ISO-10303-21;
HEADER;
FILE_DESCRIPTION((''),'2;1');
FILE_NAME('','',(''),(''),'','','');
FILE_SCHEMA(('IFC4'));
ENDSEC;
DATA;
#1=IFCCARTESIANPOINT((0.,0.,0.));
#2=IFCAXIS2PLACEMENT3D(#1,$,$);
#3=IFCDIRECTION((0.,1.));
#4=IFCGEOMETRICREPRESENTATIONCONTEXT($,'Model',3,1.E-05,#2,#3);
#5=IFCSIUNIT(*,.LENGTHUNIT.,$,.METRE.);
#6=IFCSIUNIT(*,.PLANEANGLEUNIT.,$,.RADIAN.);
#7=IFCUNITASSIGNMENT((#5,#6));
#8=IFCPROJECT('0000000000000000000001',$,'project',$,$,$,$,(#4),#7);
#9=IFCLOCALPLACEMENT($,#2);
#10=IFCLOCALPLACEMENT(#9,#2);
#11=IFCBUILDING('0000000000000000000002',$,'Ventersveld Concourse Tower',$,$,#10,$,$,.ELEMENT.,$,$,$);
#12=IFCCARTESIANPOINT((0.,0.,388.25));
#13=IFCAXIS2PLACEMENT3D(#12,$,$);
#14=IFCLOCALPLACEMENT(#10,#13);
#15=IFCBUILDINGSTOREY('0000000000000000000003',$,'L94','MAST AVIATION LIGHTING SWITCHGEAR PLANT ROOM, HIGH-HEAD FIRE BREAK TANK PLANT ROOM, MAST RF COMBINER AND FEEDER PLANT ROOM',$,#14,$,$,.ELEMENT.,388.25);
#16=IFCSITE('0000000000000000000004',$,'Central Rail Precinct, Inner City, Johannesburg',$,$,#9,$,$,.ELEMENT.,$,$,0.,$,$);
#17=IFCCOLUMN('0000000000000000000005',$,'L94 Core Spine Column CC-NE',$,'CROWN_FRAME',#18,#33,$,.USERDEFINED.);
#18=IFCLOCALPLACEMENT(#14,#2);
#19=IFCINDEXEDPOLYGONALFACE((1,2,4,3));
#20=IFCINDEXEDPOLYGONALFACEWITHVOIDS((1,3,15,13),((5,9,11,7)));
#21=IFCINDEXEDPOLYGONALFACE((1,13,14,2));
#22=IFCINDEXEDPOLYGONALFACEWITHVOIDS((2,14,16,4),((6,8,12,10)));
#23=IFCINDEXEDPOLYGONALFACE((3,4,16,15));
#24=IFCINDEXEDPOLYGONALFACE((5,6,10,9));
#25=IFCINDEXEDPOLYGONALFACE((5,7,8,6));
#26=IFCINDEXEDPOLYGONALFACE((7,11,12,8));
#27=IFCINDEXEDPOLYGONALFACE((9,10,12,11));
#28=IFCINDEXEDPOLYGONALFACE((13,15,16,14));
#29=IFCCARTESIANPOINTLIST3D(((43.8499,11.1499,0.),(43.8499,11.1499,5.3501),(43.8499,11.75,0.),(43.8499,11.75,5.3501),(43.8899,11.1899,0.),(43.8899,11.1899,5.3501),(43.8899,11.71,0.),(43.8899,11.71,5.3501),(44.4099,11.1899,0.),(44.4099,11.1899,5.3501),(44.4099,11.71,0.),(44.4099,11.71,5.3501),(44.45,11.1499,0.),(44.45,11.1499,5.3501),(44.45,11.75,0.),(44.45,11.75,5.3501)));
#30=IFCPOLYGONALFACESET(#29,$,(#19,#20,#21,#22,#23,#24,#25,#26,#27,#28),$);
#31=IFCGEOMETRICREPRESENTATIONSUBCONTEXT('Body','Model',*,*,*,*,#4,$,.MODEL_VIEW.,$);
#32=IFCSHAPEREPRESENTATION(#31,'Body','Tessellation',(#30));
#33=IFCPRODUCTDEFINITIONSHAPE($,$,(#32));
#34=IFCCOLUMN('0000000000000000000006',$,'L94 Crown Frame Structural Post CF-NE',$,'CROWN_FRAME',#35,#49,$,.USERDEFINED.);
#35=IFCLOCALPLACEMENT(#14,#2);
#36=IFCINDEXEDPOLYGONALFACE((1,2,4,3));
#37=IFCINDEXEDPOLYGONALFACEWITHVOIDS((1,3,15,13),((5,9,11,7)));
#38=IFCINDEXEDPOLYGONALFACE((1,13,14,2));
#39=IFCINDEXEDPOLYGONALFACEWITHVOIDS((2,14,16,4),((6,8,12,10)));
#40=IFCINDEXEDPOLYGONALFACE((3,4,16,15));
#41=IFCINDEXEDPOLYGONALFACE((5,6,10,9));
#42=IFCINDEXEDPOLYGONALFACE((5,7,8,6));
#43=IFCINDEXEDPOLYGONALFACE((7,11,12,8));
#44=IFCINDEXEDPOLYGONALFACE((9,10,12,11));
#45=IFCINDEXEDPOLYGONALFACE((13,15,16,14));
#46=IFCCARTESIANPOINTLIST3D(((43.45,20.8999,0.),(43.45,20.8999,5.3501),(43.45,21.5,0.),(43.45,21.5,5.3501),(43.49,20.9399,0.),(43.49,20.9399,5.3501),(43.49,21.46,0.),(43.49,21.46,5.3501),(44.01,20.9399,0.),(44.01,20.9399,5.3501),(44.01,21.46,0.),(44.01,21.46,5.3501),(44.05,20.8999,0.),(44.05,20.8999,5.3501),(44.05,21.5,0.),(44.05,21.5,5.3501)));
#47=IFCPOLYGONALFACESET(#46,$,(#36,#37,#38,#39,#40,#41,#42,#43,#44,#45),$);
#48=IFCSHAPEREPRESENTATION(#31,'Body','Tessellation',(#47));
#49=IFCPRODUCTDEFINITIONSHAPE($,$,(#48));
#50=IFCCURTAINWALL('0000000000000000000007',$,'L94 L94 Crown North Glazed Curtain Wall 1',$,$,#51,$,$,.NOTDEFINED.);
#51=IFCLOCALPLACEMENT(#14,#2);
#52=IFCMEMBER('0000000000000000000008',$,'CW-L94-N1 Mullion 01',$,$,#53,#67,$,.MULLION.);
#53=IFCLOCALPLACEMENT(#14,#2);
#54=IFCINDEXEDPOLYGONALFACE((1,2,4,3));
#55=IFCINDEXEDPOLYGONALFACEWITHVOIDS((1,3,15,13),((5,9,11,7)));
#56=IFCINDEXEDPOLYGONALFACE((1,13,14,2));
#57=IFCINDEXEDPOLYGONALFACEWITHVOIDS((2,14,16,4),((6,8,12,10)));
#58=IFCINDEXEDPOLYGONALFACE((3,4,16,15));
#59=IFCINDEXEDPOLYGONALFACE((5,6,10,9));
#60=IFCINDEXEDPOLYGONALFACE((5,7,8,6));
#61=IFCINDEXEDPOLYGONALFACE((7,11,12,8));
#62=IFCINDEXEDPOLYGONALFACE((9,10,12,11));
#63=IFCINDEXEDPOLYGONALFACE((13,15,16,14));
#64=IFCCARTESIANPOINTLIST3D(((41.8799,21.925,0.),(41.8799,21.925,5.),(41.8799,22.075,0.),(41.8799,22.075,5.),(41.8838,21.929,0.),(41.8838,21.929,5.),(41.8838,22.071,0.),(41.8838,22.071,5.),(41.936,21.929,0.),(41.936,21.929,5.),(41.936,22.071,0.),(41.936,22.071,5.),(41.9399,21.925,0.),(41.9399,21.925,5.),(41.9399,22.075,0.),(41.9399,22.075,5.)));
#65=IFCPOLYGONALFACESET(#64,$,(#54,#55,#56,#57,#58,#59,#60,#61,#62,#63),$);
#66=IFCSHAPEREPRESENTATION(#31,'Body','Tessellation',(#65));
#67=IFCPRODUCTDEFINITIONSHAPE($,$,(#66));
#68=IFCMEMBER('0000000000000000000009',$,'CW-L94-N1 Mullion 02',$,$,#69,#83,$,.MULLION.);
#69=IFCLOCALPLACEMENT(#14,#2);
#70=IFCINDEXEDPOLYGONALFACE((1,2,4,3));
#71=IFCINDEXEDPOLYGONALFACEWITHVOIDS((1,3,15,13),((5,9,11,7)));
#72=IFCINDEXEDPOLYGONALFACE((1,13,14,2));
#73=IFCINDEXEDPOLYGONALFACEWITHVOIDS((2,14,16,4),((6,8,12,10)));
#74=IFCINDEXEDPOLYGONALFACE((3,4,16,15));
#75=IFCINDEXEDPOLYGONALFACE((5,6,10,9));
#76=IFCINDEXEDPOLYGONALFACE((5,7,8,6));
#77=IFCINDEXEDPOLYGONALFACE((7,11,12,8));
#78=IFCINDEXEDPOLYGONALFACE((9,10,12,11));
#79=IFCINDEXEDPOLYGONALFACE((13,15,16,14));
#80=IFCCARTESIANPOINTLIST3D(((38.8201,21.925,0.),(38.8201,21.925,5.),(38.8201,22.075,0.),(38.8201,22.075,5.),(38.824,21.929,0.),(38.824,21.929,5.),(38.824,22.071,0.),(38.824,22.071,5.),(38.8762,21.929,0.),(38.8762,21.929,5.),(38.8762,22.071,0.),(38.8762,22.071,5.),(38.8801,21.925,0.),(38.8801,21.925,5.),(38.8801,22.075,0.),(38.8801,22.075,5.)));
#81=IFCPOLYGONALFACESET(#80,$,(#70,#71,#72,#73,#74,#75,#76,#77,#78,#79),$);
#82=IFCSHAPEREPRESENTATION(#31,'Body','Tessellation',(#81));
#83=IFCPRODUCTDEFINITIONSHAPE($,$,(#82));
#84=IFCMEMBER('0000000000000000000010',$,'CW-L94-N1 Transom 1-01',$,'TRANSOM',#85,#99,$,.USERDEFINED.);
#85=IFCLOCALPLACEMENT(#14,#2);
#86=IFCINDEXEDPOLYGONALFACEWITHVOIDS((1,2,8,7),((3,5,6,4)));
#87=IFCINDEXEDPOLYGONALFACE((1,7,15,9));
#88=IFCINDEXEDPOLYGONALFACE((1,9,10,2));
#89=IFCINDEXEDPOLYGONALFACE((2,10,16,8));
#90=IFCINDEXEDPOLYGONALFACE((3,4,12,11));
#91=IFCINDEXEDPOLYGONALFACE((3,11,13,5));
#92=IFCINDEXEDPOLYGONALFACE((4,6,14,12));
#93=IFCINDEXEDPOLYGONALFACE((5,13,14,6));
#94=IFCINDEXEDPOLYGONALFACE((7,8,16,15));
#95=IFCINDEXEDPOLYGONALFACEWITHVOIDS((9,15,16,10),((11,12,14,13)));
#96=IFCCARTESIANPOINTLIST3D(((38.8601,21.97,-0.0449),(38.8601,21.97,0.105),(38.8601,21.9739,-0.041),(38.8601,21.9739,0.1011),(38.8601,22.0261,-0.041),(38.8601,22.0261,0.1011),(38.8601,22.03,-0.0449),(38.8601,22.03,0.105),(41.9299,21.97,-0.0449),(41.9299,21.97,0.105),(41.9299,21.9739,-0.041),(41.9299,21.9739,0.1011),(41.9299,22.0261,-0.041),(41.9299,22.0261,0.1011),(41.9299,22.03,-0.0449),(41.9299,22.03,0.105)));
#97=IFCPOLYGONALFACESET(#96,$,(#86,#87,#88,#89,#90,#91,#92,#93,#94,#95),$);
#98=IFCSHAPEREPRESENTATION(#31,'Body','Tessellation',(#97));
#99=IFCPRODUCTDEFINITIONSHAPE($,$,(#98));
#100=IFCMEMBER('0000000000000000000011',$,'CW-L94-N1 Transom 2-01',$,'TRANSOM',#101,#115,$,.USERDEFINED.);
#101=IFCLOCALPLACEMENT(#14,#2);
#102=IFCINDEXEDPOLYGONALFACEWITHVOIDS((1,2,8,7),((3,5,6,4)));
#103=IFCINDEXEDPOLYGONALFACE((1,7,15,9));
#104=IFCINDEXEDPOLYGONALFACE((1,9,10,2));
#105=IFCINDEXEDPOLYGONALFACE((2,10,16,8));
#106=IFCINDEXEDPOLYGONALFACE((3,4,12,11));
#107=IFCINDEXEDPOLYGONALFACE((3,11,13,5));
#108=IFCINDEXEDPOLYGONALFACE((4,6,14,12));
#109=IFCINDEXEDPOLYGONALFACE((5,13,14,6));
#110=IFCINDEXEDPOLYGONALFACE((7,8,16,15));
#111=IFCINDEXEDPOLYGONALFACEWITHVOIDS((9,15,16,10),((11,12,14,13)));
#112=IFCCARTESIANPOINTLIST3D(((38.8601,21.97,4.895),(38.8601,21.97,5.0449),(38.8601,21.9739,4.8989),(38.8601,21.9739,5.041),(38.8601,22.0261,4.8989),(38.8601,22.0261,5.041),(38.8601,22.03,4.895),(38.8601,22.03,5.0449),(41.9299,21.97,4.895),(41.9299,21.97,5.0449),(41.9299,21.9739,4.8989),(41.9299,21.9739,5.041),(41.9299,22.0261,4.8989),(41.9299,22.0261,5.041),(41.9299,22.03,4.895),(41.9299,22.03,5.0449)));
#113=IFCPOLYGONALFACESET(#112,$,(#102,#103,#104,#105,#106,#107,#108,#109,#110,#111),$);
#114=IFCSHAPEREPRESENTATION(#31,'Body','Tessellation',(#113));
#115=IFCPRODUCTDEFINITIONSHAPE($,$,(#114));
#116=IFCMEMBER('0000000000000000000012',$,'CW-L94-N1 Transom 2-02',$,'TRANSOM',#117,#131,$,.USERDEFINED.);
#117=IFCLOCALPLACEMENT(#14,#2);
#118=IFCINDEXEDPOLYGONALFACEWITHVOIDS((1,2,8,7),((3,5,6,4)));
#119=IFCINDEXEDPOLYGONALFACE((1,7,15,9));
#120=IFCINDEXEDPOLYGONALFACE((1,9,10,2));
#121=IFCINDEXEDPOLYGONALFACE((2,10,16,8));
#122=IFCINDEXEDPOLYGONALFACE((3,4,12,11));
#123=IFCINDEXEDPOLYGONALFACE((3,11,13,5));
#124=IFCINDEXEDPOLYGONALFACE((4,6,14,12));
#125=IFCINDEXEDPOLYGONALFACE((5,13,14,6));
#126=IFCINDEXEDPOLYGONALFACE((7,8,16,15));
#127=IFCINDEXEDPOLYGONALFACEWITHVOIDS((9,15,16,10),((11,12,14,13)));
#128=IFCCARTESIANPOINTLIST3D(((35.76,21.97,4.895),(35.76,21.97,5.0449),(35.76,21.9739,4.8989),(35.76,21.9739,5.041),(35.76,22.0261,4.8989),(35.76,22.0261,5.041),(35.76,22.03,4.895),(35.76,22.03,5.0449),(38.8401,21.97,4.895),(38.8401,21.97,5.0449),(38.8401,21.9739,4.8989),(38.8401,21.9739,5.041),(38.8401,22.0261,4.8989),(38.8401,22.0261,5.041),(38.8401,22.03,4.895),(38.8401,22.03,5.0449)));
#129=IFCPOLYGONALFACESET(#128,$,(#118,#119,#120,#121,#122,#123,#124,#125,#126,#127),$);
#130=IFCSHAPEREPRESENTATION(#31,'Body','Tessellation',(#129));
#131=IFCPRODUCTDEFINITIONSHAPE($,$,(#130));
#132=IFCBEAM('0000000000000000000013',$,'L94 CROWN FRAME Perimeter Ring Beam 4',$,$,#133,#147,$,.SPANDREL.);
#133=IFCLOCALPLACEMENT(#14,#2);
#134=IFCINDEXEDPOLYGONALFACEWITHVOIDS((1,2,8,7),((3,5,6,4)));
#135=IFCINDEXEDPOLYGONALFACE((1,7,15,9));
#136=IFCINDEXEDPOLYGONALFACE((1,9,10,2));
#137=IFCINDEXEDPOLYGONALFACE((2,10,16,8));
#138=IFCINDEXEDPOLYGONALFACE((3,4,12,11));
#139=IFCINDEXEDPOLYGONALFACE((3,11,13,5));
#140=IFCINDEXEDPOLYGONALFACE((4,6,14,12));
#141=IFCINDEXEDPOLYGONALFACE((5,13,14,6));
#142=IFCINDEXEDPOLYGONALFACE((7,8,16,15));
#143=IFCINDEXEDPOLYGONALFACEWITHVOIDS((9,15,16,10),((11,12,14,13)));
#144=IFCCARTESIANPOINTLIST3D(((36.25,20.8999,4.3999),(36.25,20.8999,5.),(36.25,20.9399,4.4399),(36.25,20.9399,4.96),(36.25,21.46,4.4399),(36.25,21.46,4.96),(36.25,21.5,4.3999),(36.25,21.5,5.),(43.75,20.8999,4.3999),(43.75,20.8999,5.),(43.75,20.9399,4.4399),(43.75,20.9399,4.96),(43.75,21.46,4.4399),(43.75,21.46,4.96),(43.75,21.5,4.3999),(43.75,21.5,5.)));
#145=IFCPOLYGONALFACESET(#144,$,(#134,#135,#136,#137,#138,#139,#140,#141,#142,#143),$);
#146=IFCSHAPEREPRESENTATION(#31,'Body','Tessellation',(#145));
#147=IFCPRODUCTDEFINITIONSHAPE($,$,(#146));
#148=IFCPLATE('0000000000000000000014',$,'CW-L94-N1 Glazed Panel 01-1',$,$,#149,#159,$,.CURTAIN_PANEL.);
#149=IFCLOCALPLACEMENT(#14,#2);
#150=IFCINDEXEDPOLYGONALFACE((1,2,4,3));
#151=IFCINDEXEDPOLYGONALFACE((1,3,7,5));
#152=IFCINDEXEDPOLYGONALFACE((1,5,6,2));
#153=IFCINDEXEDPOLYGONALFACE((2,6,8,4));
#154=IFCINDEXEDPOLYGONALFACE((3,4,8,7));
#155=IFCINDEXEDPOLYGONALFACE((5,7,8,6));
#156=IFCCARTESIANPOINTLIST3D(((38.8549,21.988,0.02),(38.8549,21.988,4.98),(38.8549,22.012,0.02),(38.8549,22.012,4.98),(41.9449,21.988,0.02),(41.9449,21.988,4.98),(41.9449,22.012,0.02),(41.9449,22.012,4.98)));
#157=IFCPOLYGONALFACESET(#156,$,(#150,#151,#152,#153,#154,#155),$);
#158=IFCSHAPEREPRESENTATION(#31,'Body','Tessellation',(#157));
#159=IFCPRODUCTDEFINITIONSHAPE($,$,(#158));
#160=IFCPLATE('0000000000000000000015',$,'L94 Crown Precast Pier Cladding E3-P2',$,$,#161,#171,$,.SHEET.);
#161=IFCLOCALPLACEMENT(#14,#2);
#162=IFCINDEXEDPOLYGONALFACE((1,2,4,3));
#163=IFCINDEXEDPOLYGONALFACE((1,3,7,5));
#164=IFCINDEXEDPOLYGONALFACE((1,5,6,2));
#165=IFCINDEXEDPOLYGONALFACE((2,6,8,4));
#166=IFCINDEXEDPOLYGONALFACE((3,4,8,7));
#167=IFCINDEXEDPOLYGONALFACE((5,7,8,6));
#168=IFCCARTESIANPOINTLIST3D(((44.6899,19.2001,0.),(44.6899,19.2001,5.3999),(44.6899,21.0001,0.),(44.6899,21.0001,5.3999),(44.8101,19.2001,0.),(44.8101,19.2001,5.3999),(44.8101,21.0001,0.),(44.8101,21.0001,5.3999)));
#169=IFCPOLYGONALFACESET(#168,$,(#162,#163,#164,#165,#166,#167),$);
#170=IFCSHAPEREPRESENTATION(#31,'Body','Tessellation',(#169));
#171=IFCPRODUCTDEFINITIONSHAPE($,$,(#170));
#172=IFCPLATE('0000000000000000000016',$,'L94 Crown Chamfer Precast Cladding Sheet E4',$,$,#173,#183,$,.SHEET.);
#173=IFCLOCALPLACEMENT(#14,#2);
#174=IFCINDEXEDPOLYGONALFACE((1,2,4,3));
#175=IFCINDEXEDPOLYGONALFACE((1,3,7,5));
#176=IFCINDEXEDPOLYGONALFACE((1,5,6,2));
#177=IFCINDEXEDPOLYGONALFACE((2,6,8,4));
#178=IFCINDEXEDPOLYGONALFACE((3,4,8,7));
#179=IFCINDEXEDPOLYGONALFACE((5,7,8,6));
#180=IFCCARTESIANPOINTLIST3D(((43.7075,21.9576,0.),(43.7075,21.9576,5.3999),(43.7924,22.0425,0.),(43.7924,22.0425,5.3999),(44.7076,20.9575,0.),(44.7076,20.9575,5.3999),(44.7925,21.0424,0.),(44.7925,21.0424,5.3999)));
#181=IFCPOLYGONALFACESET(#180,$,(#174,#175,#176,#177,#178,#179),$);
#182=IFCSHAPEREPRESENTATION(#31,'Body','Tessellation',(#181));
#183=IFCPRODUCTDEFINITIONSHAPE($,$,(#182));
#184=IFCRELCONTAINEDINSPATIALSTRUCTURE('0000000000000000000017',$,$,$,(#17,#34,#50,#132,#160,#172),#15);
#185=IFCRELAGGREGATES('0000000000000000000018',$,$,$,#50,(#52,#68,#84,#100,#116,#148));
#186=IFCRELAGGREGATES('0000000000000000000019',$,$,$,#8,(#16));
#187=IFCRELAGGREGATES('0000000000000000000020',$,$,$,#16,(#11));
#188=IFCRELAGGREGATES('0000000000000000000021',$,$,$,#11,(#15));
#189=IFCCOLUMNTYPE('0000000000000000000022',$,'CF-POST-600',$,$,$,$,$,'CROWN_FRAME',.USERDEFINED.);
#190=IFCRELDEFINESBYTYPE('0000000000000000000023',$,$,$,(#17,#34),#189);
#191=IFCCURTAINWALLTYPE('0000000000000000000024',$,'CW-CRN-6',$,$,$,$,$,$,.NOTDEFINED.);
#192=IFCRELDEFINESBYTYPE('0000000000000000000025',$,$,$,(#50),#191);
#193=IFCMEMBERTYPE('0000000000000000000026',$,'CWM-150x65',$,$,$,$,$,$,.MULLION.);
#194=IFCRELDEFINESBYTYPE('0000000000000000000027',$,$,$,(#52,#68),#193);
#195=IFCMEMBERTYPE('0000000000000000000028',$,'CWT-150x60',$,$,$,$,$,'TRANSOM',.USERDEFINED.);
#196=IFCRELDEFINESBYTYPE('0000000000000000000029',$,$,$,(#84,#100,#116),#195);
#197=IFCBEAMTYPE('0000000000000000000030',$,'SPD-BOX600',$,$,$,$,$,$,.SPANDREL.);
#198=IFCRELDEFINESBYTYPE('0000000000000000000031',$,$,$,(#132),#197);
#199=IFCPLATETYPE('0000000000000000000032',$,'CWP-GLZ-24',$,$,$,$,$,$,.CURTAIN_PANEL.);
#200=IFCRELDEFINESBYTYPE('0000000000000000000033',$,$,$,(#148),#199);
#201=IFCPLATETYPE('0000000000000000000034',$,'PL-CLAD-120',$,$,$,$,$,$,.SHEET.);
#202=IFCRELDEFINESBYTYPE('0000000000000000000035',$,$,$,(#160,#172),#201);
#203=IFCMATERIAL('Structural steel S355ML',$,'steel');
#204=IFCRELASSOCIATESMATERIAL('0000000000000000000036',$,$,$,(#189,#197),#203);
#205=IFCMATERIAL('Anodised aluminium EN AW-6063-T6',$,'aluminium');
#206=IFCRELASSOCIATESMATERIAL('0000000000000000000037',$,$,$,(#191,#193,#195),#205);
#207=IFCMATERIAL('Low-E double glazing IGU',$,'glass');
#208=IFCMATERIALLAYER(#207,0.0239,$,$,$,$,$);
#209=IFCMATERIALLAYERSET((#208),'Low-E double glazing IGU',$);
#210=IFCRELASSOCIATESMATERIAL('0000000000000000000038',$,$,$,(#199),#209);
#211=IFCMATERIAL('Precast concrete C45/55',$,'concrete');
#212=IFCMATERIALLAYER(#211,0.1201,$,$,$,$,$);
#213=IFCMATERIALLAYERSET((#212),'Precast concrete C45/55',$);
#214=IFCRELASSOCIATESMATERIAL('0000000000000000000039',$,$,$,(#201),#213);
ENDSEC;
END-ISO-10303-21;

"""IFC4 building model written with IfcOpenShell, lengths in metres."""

from ifc_helpers import new_model, si_unit, direction, frame, origin, origin_2d, place, context, subcontext, project, spatial, rectangle, hollow_rectangle, extrude, material, layer, layer_set, material_profile, profile_set, type_object, element, aggregate, save


model = new_model("IFC4")

# Units and contexts
model_context = context("Model", 3, precision=1e-05, world=origin(), true_north=direction((0.0, 1.0)))
body_context = subcontext(model_context, "Body", "Model", "MODEL_VIEW")
ifc_project = project(units=[si_unit("LENGTHUNIT", "METRE"), si_unit("PLANEANGLEUNIT", "RADIAN")], contexts=[model_context])

# Site, building, storey
site_placement = place(None, origin())
site = spatial("IfcSite", under=ifc_project, at=site_placement, Name="Central Rail Precinct, Inner City, Johannesburg", CompositionType="ELEMENT", RefElevation=0.0)
building_placement = place(site_placement, origin())
building = spatial("IfcBuilding", under=site, at=building_placement, Name="Ventersveld Concourse Tower", CompositionType="ELEMENT")
storey_placement = place(building_placement, frame((0.0, 0.0, 388.25)))
storey = spatial("IfcBuildingStorey", under=building, at=storey_placement, Name="L94", Description="MAST AVIATION LIGHTING SWITCHGEAR PLANT ROOM, HIGH-HEAD FIRE BREAK TANK PLANT ROOM, MAST RF COMBINER AND FEEDER PLANT ROOM", CompositionType="ELEMENT", Elevation=388.25)

# Columns
ifc_material_1 = material(Name="Structural steel S355ML", Category="steel")
ifc_material_profile_1 = material_profile(ifc_material_1, hollow_rectangle(XDim=0.6001, YDim=0.6001, WallThickness=0.04, at=origin_2d()), Name="BOX 600x600x40")
ifc_profile_set_1 = profile_set([ifc_material_profile_1], Name="Structural steel S355ML")
column_type = type_object("IfcColumnType", Name="CF-POST-600", ElementType="CROWN_FRAME", PredefinedType="USERDEFINED", material=ifc_profile_set_1)
for number, where, z_axis, x_axis, name in (
    (1, (44.1499, 11.45, 0.0), (0.0, 0.0, 1.0), (1.0, 0.0, 0.0), "L94 Core Spine Column CC-NE"),
    (2, (43.75, 21.2, 0.0), (0.0, 0.0, 1.0), (1.0, 0.0, 0.0), "L94 Crown Frame Structural Post CF-NE"),
):
    element("IfcColumn", number, at=place(storey_placement, frame(where, z_axis=z_axis, x_axis=x_axis)), inside=storey, type_object=column_type, Name=name, ObjectType="CROWN_FRAME", PredefinedType="USERDEFINED", context=body_context, shape_type="SweptSolid", body=[
        extrude(hollow_rectangle(XDim=0.6001, YDim=0.6001, WallThickness=0.04, at=origin_2d()), origin(), (0.0, 0.0, 1.0), 5.3501),
    ])

# Curtain wall, members
ifc_material_2 = material(Name="Anodised aluminium EN AW-6063-T6", Category="aluminium")
curtain_wall_type = type_object("IfcCurtainWallType", Name="CW-CRN-6", PredefinedType="NOTDEFINED", material=ifc_material_2)
curtain_wall_placement = place(storey_placement, origin())
curtain_wall = element("IfcCurtainWall", 3, at=curtain_wall_placement, inside=storey, type_object=curtain_wall_type, Name="L94 L94 Crown North Glazed Curtain Wall 1", PredefinedType="NOTDEFINED")
ifc_material_profile_2 = material_profile(ifc_material_2, hollow_rectangle(XDim=0.0601, YDim=0.1499, WallThickness=0.0039, at=origin_2d()), Name="ALU 150x60x4")
ifc_profile_set_2 = profile_set([ifc_material_profile_2], Name="Anodised aluminium EN AW-6063-T6")
member_type_1 = type_object("IfcMemberType", Name="CWM-150x65", PredefinedType="MULLION", material=ifc_profile_set_2)
member_1_placement = place(storey_placement, frame((41.9099, 22.0, 0.0), z_axis=(0.0, 0.0, 1.0), x_axis=(1.0, 0.0, 0.0)))
member_1 = element("IfcMember", 4, at=member_1_placement, type_object=member_type_1, Name="CW-L94-N1 Mullion 01", PredefinedType="MULLION", context=body_context, shape_type="SweptSolid", body=[
    extrude(hollow_rectangle(XDim=0.0601, YDim=0.1499, WallThickness=0.0039, at=origin_2d()), origin(), (0.0, 0.0, 1.0), 5.0),
])
member_2_placement = place(storey_placement, frame((38.8501, 22.0, 0.0), z_axis=(0.0, 0.0, 1.0), x_axis=(1.0, 0.0, 0.0)))
member_2 = element("IfcMember", 5, at=member_2_placement, type_object=member_type_1, Name="CW-L94-N1 Mullion 02", PredefinedType="MULLION", context=body_context, shape_type="SweptSolid", body=[
    extrude(hollow_rectangle(XDim=0.0601, YDim=0.1499, WallThickness=0.0039, at=origin_2d()), origin(), (0.0, 0.0, 1.0), 5.0),
])
ifc_material_profile_3 = material_profile(ifc_material_2, hollow_rectangle(XDim=0.0601, YDim=0.1499, WallThickness=0.0039, at=origin_2d()), Name="ALU 150x60x4")
ifc_profile_set_3 = profile_set([ifc_material_profile_3], Name="Anodised aluminium EN AW-6063-T6")
member_type_2 = type_object("IfcMemberType", Name="CWT-150x60", ElementType="TRANSOM", PredefinedType="USERDEFINED", material=ifc_profile_set_3)
member_3_placement = place(storey_placement, frame((41.9299, 22.0, 0.03), z_axis=(-1.0, 0.0, 0.0), x_axis=(0.0, -1.0, 0.0)))
member_3 = element("IfcMember", 6, at=member_3_placement, type_object=member_type_2, Name="CW-L94-N1 Transom 1-01", ObjectType="TRANSOM", PredefinedType="USERDEFINED", context=body_context, shape_type="SweptSolid", body=[
    extrude(hollow_rectangle(XDim=0.0601, YDim=0.1499, WallThickness=0.0039, at=origin_2d()), origin(), (0.0, 0.0, 1.0), 3.0698),
])
member_4_placement = place(storey_placement, frame((41.9299, 22.0, 4.97), z_axis=(-1.0, 0.0, 0.0), x_axis=(0.0, -1.0, 0.0)))
member_4 = element("IfcMember", 7, at=member_4_placement, type_object=member_type_2, Name="CW-L94-N1 Transom 2-01", ObjectType="TRANSOM", PredefinedType="USERDEFINED", context=body_context, shape_type="SweptSolid", body=[
    extrude(hollow_rectangle(XDim=0.0601, YDim=0.1499, WallThickness=0.0039, at=origin_2d()), origin(), (0.0, 0.0, 1.0), 3.0698),
])
member_5_placement = place(storey_placement, frame((38.8401, 22.0, 4.97), z_axis=(-1.0, 0.0, 0.0), x_axis=(0.0, -1.0, 0.0)))
member_5 = element("IfcMember", 8, at=member_5_placement, type_object=member_type_2, Name="CW-L94-N1 Transom 2-02", ObjectType="TRANSOM", PredefinedType="USERDEFINED", context=body_context, shape_type="SweptSolid", body=[
    extrude(hollow_rectangle(XDim=0.0601, YDim=0.1499, WallThickness=0.0039, at=origin_2d()), origin(), (0.0, 0.0, 1.0), 3.0801),
])

# Beam
ifc_material_profile_4 = material_profile(ifc_material_1, hollow_rectangle(XDim=0.6001, YDim=0.6001, WallThickness=0.04, at=origin_2d()), Name="BOX 600x600x40")
ifc_profile_set_4 = profile_set([ifc_material_profile_4], Name="Structural steel S355ML")
beam_type = type_object("IfcBeamType", Name="SPD-BOX600", PredefinedType="SPANDREL", material=ifc_profile_set_4)
beam_placement = place(storey_placement, frame((43.75, 21.2, 4.7), z_axis=(-1.0, 0.0, 0.0), x_axis=(0.0, -1.0, 0.0)))
element("IfcBeam", 9, at=beam_placement, inside=storey, type_object=beam_type, Name="L94 CROWN FRAME Perimeter Ring Beam 4", PredefinedType="SPANDREL", context=body_context, shape_type="SweptSolid", body=[
    extrude(hollow_rectangle(XDim=0.6001, YDim=0.6001, WallThickness=0.04, at=origin_2d()), origin(), (0.0, 0.0, 1.0), 7.5),
])

# Plate
ifc_material_3 = material(Name="Low-E double glazing IGU", Category="glass")
ifc_layer_1 = layer(ifc_material_3, 0.0239)
ifc_layer_set_1 = layer_set([ifc_layer_1], Name="Low-E double glazing IGU")
plate_type_1 = type_object("IfcPlateType", Name="CWP-GLZ-24", PredefinedType="CURTAIN_PANEL", material=ifc_layer_set_1)
plate_1_placement = place(storey_placement, frame((40.3999, 22.0, 0.02), z_axis=(0.0, 0.0, 1.0), x_axis=(-1.0, 0.0, 0.0)))
plate_1 = element("IfcPlate", 10, at=plate_1_placement, type_object=plate_type_1, Name="CW-L94-N1 Glazed Panel 01-1", PredefinedType="CURTAIN_PANEL", context=body_context, shape_type="SweptSolid", body=[
    extrude(rectangle(XDim=3.0901, YDim=0.0239, at=origin_2d()), origin(), (0.0, 0.0, 1.0), 4.96),
])
aggregate(curtain_wall, [member_1, member_2, member_3, member_4, member_5, plate_1])

# Plates
ifc_material_4 = material(Name="Precast concrete C45/55", Category="concrete")
ifc_layer_2 = layer(ifc_material_4, 0.1201)
ifc_layer_set_2 = layer_set([ifc_layer_2], Name="Precast concrete C45/55")
plate_type_2 = type_object("IfcPlateType", Name="PL-CLAD-120", PredefinedType="SHEET", material=ifc_layer_set_2)
plate_2_placement = place(storey_placement, frame((44.75, 20.1001, 0.0), z_axis=(0.0, 0.0, 1.0), x_axis=(0.0, 1.0, 0.0)))
element("IfcPlate", 11, at=plate_2_placement, inside=storey, type_object=plate_type_2, Name="L94 Crown Precast Pier Cladding E3-P2", PredefinedType="SHEET", context=body_context, shape_type="SweptSolid", body=[
    extrude(rectangle(XDim=1.8, YDim=0.1201, at=origin_2d()), origin(), (0.0, 0.0, 1.0), 5.3999),
])
plate_3_placement = place(storey_placement, frame((44.25, 21.5, 0.0), z_axis=(0.0, 0.0, 1.0), x_axis=(-0.707107, 0.707107, 0.0)))
element("IfcPlate", 12, at=plate_3_placement, inside=storey, type_object=plate_type_2, Name="L94 Crown Chamfer Precast Cladding Sheet E4", PredefinedType="SHEET", context=body_context, shape_type="SweptSolid", body=[
    extrude(rectangle(XDim=1.4143, YDim=0.1201, at=origin_2d()), origin(), (0.0, 0.0, 1.0), 5.3999),
])

save(model, "model.ifc")
